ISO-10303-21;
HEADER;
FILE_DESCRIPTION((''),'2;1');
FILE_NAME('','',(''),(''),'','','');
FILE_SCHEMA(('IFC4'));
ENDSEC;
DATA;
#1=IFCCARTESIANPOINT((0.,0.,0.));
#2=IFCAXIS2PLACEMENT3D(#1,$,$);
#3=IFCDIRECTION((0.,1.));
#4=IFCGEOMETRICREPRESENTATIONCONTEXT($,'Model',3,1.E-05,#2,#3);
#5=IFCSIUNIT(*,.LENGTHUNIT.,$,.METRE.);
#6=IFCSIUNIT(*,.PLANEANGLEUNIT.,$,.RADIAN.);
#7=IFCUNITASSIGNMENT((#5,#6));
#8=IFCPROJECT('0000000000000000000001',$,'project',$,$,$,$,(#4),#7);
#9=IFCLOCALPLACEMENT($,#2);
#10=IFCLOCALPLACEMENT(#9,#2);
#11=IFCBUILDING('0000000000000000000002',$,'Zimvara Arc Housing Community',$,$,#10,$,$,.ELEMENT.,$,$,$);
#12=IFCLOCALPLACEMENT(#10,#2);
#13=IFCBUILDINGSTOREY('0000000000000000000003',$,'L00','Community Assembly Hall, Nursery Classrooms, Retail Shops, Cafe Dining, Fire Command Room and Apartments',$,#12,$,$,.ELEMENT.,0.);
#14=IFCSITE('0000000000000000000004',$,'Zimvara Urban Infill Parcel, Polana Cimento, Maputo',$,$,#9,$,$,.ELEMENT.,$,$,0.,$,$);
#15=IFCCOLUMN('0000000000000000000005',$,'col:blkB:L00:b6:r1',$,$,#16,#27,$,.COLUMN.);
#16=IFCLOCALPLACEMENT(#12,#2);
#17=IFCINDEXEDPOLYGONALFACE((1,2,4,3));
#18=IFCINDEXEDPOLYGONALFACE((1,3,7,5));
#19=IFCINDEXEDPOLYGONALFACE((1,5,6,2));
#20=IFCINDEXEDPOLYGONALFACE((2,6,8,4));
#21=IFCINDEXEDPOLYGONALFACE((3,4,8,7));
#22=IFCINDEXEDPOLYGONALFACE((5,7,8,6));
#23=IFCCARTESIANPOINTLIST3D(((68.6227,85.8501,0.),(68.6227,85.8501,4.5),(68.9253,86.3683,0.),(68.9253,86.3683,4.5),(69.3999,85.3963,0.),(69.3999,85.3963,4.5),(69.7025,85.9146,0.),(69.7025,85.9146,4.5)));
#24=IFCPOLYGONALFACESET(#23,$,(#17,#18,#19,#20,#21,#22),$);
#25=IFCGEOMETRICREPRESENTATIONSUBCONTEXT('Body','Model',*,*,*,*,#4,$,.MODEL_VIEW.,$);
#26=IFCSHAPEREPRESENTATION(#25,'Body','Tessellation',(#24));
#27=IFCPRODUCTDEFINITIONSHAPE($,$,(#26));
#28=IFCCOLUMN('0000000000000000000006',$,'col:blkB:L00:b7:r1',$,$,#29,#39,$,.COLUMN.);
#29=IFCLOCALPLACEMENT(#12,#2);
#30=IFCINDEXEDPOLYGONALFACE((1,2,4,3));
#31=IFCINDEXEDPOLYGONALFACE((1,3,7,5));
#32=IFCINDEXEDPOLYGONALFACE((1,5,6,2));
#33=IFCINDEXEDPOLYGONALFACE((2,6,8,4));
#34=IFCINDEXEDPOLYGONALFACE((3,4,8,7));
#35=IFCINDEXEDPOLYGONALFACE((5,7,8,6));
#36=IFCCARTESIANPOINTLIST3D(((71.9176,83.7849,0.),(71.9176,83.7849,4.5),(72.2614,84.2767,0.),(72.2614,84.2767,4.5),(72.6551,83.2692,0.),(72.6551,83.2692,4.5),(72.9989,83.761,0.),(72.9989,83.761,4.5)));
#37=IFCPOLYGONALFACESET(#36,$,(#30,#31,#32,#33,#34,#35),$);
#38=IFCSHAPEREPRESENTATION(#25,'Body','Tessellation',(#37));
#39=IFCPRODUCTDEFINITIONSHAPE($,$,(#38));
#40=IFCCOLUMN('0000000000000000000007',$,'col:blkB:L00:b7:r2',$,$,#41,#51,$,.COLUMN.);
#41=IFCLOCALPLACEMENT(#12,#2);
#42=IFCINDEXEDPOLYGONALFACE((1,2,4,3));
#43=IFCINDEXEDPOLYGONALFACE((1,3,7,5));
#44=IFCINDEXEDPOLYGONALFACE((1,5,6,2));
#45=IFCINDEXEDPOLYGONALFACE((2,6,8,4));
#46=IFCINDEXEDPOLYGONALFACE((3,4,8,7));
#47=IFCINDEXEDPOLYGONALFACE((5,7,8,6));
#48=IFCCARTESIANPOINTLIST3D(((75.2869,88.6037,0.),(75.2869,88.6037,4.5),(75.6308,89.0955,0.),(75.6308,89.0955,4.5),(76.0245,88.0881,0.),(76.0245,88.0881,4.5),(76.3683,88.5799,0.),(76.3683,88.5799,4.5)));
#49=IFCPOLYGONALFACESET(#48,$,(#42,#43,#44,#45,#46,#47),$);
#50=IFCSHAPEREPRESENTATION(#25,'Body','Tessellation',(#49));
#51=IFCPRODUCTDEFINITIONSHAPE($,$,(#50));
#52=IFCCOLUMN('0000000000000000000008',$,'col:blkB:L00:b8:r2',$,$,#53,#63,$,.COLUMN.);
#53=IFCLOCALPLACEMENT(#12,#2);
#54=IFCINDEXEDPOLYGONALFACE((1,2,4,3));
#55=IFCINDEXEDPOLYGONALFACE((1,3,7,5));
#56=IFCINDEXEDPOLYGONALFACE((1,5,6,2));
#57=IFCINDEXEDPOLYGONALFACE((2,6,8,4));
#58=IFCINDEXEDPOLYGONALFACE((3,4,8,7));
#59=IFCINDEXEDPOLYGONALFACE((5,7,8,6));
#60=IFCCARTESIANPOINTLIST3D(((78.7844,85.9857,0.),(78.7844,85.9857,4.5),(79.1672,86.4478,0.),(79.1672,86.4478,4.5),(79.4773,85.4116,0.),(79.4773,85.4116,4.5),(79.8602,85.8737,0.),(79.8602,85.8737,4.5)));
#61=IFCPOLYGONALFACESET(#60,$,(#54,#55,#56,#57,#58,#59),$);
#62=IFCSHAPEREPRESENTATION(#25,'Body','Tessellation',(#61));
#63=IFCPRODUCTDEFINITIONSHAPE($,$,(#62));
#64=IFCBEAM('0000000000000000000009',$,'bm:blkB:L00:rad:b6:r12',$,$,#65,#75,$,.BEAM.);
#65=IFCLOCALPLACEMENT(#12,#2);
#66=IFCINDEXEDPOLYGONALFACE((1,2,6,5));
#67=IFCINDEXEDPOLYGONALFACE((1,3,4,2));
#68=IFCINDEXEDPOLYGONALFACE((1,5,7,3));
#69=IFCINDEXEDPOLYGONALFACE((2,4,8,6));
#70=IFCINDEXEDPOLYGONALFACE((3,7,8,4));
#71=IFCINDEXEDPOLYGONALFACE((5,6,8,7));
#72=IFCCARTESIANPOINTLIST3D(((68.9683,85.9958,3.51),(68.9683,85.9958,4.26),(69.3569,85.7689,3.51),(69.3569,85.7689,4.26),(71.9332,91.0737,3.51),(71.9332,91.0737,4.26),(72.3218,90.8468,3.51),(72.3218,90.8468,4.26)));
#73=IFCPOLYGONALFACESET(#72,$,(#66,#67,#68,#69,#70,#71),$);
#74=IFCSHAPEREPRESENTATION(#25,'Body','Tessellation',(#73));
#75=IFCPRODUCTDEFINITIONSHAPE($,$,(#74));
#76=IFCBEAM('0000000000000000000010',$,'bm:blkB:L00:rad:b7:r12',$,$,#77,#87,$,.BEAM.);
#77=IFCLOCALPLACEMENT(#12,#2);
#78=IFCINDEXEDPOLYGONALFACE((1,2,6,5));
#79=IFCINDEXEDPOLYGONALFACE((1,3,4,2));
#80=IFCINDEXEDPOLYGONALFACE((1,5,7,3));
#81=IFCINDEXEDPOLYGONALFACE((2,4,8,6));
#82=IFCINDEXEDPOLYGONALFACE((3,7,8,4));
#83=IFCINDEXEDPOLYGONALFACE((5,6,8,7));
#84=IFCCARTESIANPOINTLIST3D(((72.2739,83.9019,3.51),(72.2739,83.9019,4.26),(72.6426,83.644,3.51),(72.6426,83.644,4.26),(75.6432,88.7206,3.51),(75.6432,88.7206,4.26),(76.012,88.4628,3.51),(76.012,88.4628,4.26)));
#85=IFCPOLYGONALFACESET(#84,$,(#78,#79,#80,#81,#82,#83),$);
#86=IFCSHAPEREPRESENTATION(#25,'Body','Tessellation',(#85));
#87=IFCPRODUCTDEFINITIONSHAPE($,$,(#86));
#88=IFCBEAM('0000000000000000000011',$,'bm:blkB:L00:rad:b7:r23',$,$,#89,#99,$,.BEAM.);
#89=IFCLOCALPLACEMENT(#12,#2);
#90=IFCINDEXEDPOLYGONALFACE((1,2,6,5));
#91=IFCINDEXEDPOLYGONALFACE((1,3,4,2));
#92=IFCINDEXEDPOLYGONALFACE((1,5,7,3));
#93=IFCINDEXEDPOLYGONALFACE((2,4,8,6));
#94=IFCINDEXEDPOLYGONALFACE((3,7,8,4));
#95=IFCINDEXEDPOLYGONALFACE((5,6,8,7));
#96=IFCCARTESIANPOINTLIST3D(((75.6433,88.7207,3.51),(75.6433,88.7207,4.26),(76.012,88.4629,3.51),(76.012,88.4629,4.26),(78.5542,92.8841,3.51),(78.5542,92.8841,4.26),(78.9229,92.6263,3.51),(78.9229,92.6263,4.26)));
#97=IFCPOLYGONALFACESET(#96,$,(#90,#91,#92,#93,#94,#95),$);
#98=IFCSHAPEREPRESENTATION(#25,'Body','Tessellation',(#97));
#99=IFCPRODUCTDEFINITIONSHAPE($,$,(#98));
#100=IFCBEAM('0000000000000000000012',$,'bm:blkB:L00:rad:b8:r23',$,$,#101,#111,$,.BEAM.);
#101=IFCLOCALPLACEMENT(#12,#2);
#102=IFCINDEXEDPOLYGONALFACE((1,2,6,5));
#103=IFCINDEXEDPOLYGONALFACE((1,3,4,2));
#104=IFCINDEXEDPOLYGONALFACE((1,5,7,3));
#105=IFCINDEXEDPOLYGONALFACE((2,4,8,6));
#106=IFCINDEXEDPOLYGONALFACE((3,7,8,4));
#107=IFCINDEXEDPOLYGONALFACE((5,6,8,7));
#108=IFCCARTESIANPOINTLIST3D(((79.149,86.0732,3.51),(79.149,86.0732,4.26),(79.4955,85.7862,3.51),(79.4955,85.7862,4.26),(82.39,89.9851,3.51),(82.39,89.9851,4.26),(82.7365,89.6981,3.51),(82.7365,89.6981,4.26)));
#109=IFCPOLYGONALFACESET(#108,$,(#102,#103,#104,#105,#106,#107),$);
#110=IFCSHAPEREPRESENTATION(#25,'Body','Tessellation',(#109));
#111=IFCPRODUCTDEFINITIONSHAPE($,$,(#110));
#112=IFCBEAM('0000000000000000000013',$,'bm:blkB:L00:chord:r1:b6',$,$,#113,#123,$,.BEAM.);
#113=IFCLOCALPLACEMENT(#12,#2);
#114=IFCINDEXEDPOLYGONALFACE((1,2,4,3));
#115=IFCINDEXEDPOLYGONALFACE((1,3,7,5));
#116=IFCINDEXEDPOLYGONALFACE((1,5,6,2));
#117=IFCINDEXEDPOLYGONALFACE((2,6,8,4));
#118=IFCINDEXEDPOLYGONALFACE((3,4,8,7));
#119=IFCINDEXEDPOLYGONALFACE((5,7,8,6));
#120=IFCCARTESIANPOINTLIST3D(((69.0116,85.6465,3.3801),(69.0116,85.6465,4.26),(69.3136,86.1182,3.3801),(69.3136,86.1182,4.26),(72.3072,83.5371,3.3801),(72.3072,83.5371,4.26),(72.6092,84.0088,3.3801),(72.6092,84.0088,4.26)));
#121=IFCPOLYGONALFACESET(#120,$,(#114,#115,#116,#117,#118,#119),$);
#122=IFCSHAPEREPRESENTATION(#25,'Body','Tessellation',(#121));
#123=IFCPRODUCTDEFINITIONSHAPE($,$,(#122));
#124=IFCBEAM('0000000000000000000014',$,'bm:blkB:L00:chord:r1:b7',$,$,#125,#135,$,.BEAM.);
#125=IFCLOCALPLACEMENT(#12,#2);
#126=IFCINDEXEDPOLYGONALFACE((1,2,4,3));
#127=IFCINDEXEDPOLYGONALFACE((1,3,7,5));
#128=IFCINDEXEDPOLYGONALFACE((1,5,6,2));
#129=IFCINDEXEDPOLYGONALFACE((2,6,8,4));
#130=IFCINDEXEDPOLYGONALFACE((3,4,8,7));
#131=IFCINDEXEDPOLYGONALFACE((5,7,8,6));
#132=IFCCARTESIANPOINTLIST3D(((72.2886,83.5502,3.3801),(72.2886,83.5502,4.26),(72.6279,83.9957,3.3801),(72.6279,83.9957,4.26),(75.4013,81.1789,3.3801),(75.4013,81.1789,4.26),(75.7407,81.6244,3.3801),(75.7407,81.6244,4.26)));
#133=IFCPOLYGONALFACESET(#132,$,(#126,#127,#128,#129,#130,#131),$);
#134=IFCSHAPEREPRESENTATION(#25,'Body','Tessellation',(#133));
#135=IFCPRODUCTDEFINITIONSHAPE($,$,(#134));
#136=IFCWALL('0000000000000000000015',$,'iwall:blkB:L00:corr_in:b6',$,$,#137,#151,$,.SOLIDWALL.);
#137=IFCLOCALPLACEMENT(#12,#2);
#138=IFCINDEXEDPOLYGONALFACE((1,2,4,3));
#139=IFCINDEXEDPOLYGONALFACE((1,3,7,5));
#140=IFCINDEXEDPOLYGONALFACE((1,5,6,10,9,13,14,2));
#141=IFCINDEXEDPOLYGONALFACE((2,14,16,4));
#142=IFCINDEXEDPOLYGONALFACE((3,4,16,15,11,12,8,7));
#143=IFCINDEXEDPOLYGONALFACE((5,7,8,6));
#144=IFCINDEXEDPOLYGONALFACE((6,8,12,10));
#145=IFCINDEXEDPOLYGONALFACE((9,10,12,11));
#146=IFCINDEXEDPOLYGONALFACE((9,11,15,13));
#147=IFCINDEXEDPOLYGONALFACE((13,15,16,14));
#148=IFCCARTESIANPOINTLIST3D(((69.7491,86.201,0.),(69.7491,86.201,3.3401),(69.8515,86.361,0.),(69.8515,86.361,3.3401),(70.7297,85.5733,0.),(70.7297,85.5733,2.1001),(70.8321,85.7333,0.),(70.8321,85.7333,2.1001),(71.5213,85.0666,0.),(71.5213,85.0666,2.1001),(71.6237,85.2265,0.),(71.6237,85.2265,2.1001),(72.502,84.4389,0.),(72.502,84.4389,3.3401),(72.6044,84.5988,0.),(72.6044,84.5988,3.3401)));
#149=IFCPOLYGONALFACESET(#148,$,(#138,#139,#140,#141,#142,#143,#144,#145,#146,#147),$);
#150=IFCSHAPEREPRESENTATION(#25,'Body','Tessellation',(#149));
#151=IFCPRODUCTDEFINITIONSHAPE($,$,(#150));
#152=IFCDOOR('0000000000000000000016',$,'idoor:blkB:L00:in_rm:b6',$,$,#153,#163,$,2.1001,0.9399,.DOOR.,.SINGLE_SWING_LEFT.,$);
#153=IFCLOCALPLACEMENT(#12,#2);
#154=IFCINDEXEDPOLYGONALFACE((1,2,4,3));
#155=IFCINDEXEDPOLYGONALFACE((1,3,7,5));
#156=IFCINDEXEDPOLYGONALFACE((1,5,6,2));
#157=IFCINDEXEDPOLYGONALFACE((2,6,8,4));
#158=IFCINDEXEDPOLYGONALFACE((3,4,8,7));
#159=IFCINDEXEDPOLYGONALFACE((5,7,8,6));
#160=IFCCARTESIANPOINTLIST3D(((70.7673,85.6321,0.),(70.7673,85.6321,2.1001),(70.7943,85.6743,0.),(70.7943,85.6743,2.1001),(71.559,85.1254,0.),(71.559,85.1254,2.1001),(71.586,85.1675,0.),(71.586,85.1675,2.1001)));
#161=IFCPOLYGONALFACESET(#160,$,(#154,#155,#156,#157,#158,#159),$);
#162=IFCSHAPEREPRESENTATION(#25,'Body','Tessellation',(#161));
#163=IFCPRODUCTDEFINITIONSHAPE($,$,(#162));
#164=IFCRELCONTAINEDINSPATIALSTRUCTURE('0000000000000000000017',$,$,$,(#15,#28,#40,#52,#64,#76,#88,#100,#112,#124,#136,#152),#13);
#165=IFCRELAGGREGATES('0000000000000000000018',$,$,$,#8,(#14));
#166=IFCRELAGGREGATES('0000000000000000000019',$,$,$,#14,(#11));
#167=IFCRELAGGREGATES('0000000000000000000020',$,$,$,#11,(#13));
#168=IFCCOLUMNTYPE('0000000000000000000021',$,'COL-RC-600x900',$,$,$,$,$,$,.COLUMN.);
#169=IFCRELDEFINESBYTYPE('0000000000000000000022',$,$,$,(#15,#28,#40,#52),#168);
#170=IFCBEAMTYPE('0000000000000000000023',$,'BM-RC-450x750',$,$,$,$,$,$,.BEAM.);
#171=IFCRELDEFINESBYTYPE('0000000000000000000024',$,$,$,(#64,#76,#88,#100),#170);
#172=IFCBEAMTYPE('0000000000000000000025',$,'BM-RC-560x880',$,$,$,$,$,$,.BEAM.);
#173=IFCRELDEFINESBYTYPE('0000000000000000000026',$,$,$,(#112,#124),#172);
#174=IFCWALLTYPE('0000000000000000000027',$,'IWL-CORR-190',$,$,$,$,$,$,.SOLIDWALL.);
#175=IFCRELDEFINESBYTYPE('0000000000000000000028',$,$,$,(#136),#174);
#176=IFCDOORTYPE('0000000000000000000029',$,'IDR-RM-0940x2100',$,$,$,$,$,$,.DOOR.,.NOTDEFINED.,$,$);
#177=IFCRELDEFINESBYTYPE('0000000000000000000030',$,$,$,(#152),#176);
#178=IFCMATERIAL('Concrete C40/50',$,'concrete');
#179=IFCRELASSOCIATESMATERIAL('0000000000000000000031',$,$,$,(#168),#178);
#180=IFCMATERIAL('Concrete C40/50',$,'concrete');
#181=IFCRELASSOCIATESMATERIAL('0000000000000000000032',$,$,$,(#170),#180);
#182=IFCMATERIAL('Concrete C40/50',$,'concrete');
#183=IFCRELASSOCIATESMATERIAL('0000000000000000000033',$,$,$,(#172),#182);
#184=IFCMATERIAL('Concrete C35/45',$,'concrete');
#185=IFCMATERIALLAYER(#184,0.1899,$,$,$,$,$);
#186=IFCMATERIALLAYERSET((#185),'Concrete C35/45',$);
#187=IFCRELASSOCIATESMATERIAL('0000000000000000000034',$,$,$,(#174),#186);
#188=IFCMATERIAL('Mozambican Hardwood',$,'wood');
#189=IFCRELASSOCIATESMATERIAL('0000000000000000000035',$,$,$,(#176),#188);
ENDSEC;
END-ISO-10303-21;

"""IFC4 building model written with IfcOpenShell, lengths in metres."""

from ifc_helpers import new_model, si_unit, direction, frame, frame_2d, origin, origin_2d, place, context, subcontext, project, spatial, rectangle, extrude, material, layer, layer_set, material_profile, profile_set, type_object, element, fill, save


model = new_model("IFC4")

# Units and contexts
model_context = context("Model", 3, precision=1e-05, world=origin(), true_north=direction((0.0, 1.0)))
body_context = subcontext(model_context, "Body", "Model", "MODEL_VIEW")
ifc_project = project(units=[si_unit("LENGTHUNIT", "METRE"), si_unit("PLANEANGLEUNIT", "RADIAN")], contexts=[model_context])

# Site, building, storey
site_placement = place(None, origin())
site = spatial("IfcSite", under=ifc_project, at=site_placement, Name="Zimvara Urban Infill Parcel, Polana Cimento, Maputo", CompositionType="ELEMENT", RefElevation=0.0)
building_placement = place(site_placement, origin())
building = spatial("IfcBuilding", under=site, at=building_placement, Name="Zimvara Arc Housing Community", CompositionType="ELEMENT")
storey_placement = place(building_placement, origin())
storey = spatial("IfcBuildingStorey", under=building, at=storey_placement, Name="L00", Description="Community Assembly Hall, Nursery Classrooms, Retail Shops, Cafe Dining, Fire Command Room and Apartments", CompositionType="ELEMENT", Elevation=0.0)

# Columns
ifc_material_1 = material(Name="Concrete C40/50", Category="concrete")
ifc_material_profile_1 = material_profile(ifc_material_1, rectangle(XDim=0.6001, YDim=0.8999, at=origin_2d()), Name="RC 600x900")
ifc_profile_set_1 = profile_set([ifc_material_profile_1], Name="Concrete C40/50")
column_type = type_object("IfcColumnType", Name="COL-RC-600x900", PredefinedType="COLUMN", material=ifc_profile_set_1)
for number, where, z_axis, x_axis, name in (
    (1, (69.1626, 85.8823, 0.0), (0.0, 0.0, 1.0), (0.504226, 0.863572, 0.0), "col:blkB:L00:b6:r1"),
    (2, (72.4583, 83.7729, 0.0), (0.0, 0.0, 1.0), (0.573004, 0.819552, 0.0), "col:blkB:L00:b7:r1"),
    (3, (75.8276, 88.5918, 0.0), (0.0, 0.0, 1.0), (0.573004, 0.819552, 0.0), "col:blkB:L00:b7:r2"),
    (4, (79.3223, 85.9297, 0.0), (0.0, 0.0, 1.0), (0.637962, 0.770068, 0.0), "col:blkB:L00:b8:r2"),
):
    element("IfcColumn", number, at=place(storey_placement, frame(where, z_axis=z_axis, x_axis=x_axis)), inside=storey, type_object=column_type, Name=name, PredefinedType="COLUMN", context=body_context, shape_type="SweptSolid", body=[
        extrude(rectangle(XDim=0.6001, YDim=0.8999, at=origin_2d()), origin(), (0.0, 0.0, 1.0), 4.5),
    ])

# Beams
ifc_material_2 = material(Name="Concrete C40/50", Category="concrete")
ifc_material_profile_2 = material_profile(ifc_material_2, rectangle(XDim=0.45, YDim=0.75, at=origin_2d()), Name="RC 450x750")
ifc_profile_set_2 = profile_set([ifc_material_profile_2], Name="Concrete C40/50")
beam_type_1 = type_object("IfcBeamType", Name="BM-RC-450x750", PredefinedType="BEAM", material=ifc_profile_set_2)
beam_1_placement = place(storey_placement, frame((69.1626, 85.8823, 3.885), z_axis=(0.504219, 0.863576, 0.0), x_axis=(-0.863576, 0.504219, 0.0)))
element("IfcBeam", 5, at=beam_1_placement, inside=storey, type_object=beam_type_1, Name="bm:blkB:L00:rad:b6:r12", PredefinedType="BEAM", context=body_context, shape_type="SweptSolid", body=[
    extrude(rectangle(XDim=0.45, YDim=0.75, at=origin_2d()), origin(), (0.0, 0.0, 1.0), 5.8801),
])
beam_2_placement = place(storey_placement, frame((72.4583, 83.7729, 3.885), z_axis=(0.573028, 0.819536, 0.0), x_axis=(-0.819536, 0.573028, 0.0)))
element("IfcBeam", 6, at=beam_2_placement, inside=storey, type_object=beam_type_1, Name="bm:blkB:L00:rad:b7:r12", PredefinedType="BEAM", context=body_context, shape_type="SweptSolid", body=[
    extrude(rectangle(XDim=0.45, YDim=0.75, at=origin_2d()), origin(), (0.0, 0.0, 1.0), 5.8799),
])
for number, where, z_axis, x_axis, name in (
    (7, (75.8276, 88.5918, 3.885), (0.573007, 0.81955, 0.0), (-0.81955, 0.573007, 0.0), "bm:blkB:L00:rad:b7:r23"),
    (8, (79.3223, 85.9297, 3.885), (0.637984, 0.77005, 0.0), (-0.77005, 0.637984, 0.0), "bm:blkB:L00:rad:b8:r23"),
):
    element("IfcBeam", number, at=place(storey_placement, frame(where, z_axis=z_axis, x_axis=x_axis)), inside=storey, type_object=beam_type_1, Name=name, PredefinedType="BEAM", context=body_context, shape_type="SweptSolid", body=[
        extrude(rectangle(XDim=0.45, YDim=0.75, at=origin_2d()), origin(), (0.0, 0.0, 1.0), 5.0801),
    ])
ifc_material_3 = material(Name="Concrete C40/50", Category="concrete")
ifc_material_profile_3 = material_profile(ifc_material_3, rectangle(XDim=0.5601, YDim=0.8799, at=origin_2d()), Name="RC 560x880")
ifc_profile_set_3 = profile_set([ifc_material_profile_3], Name="Concrete C40/50")
beam_type_2 = type_object("IfcBeamType", Name="BM-RC-560x880", PredefinedType="BEAM", material=ifc_profile_set_3)
beam_3_placement = place(storey_placement, frame((69.1626, 85.8823, 3.8201), z_axis=(0.842253, -0.539082, 0.0), x_axis=(0.539082, 0.842253, 0.0)))
element("IfcBeam", 9, at=beam_3_placement, inside=storey, type_object=beam_type_2, Name="bm:blkB:L00:chord:r1:b6", PredefinedType="BEAM", context=body_context, shape_type="SweptSolid", body=[
    extrude(rectangle(XDim=0.5601, YDim=0.8799, at=origin_2d()), origin(), (0.0, 0.0, 1.0), 3.9128),
])
beam_4_placement = place(storey_placement, frame((72.4583, 83.7729, 3.8201), z_axis=(0.79547, -0.605992, 0.0), x_axis=(0.605992, 0.79547, 0.0)))
element("IfcBeam", 10, at=beam_4_placement, inside=storey, type_object=beam_type_2, Name="bm:blkB:L00:chord:r1:b7", PredefinedType="BEAM", context=body_context, shape_type="SweptSolid", body=[
    extrude(rectangle(XDim=0.5601, YDim=0.8799, at=origin_2d()), origin(), (0.0, 0.0, 1.0), 3.9131),
])

# Wall, opening, door
ifc_material_4 = material(Name="Concrete C35/45", Category="concrete")
ifc_layer_1 = layer(ifc_material_4, 0.1899)
ifc_layer_set_1 = layer_set([ifc_layer_1], Name="Concrete C35/45")
wall_type_1 = type_object("IfcWallType", Name="IWL-CORR-190", PredefinedType="SOLIDWALL", material=ifc_layer_set_1)
wall_1_placement = place(storey_placement, frame((69.8003, 86.281, 0.0), z_axis=(0.0, 0.0, 1.0), x_axis=(0.842225, -0.539126, 0.0)))
wall_1 = element("IfcWall", 11, at=wall_1_placement, inside=storey, type_object=wall_type_1, Name="iwall:blkB:L00:corr_in:b6", PredefinedType="SOLIDWALL", context=body_context, shape_type="SweptSolid", body=[
    extrude(rectangle(XDim=3.2686, YDim=0.1899, at=frame_2d((1.6343, 0.0))), origin(), (0.0, 0.0, 1.0), 3.3401),
])
opening_1_placement = place(wall_1_placement, frame((1.1643, 0.0, 0.0)))
opening_1 = element("IfcOpeningElement", 12, at=opening_1_placement, cuts=wall_1, PredefinedType="OPENING", context=body_context, shape_type="SweptSolid", body=[
    extrude(rectangle(XDim=0.9399, YDim=2.1001, at=frame_2d((0.47, 1.05))), frame((0.0, 0.105, 0.0), z_axis=(0.0, -1.0, 0.0), x_axis=(1.0, 0.0, 0.0)), (0.0, 0.0, 1.0), 0.21),
])
ifc_material_5 = material(Name="Mozambican Hardwood", Category="wood")
door_type_1 = type_object("IfcDoorType", Name="IDR-RM-0940x2100", OperationType="NOTDEFINED", PredefinedType="DOOR", material=ifc_material_5)
door_1_placement = place(opening_1_placement, origin())
door_1 = element("IfcDoor", 13, at=door_1_placement, inside=storey, type_object=door_type_1, Name="idoor:blkB:L00:in_rm:b6", OperationType="SINGLE_SWING_LEFT", OverallHeight=2.1001, OverallWidth=0.9399, PredefinedType="DOOR", context=body_context, shape_type="SweptSolid", body=[
    extrude(rectangle(XDim=0.9399, YDim=2.1001, at=frame_2d((0.47, 1.05))), frame((0.0, 0.0249, 0.0), z_axis=(0.0, -1.0, 0.0), x_axis=(1.0, 0.0, 0.0)), (0.0, 0.0, 1.0), 0.05),
])
fill(opening_1, door_1)

save(model, "model.ifc")
